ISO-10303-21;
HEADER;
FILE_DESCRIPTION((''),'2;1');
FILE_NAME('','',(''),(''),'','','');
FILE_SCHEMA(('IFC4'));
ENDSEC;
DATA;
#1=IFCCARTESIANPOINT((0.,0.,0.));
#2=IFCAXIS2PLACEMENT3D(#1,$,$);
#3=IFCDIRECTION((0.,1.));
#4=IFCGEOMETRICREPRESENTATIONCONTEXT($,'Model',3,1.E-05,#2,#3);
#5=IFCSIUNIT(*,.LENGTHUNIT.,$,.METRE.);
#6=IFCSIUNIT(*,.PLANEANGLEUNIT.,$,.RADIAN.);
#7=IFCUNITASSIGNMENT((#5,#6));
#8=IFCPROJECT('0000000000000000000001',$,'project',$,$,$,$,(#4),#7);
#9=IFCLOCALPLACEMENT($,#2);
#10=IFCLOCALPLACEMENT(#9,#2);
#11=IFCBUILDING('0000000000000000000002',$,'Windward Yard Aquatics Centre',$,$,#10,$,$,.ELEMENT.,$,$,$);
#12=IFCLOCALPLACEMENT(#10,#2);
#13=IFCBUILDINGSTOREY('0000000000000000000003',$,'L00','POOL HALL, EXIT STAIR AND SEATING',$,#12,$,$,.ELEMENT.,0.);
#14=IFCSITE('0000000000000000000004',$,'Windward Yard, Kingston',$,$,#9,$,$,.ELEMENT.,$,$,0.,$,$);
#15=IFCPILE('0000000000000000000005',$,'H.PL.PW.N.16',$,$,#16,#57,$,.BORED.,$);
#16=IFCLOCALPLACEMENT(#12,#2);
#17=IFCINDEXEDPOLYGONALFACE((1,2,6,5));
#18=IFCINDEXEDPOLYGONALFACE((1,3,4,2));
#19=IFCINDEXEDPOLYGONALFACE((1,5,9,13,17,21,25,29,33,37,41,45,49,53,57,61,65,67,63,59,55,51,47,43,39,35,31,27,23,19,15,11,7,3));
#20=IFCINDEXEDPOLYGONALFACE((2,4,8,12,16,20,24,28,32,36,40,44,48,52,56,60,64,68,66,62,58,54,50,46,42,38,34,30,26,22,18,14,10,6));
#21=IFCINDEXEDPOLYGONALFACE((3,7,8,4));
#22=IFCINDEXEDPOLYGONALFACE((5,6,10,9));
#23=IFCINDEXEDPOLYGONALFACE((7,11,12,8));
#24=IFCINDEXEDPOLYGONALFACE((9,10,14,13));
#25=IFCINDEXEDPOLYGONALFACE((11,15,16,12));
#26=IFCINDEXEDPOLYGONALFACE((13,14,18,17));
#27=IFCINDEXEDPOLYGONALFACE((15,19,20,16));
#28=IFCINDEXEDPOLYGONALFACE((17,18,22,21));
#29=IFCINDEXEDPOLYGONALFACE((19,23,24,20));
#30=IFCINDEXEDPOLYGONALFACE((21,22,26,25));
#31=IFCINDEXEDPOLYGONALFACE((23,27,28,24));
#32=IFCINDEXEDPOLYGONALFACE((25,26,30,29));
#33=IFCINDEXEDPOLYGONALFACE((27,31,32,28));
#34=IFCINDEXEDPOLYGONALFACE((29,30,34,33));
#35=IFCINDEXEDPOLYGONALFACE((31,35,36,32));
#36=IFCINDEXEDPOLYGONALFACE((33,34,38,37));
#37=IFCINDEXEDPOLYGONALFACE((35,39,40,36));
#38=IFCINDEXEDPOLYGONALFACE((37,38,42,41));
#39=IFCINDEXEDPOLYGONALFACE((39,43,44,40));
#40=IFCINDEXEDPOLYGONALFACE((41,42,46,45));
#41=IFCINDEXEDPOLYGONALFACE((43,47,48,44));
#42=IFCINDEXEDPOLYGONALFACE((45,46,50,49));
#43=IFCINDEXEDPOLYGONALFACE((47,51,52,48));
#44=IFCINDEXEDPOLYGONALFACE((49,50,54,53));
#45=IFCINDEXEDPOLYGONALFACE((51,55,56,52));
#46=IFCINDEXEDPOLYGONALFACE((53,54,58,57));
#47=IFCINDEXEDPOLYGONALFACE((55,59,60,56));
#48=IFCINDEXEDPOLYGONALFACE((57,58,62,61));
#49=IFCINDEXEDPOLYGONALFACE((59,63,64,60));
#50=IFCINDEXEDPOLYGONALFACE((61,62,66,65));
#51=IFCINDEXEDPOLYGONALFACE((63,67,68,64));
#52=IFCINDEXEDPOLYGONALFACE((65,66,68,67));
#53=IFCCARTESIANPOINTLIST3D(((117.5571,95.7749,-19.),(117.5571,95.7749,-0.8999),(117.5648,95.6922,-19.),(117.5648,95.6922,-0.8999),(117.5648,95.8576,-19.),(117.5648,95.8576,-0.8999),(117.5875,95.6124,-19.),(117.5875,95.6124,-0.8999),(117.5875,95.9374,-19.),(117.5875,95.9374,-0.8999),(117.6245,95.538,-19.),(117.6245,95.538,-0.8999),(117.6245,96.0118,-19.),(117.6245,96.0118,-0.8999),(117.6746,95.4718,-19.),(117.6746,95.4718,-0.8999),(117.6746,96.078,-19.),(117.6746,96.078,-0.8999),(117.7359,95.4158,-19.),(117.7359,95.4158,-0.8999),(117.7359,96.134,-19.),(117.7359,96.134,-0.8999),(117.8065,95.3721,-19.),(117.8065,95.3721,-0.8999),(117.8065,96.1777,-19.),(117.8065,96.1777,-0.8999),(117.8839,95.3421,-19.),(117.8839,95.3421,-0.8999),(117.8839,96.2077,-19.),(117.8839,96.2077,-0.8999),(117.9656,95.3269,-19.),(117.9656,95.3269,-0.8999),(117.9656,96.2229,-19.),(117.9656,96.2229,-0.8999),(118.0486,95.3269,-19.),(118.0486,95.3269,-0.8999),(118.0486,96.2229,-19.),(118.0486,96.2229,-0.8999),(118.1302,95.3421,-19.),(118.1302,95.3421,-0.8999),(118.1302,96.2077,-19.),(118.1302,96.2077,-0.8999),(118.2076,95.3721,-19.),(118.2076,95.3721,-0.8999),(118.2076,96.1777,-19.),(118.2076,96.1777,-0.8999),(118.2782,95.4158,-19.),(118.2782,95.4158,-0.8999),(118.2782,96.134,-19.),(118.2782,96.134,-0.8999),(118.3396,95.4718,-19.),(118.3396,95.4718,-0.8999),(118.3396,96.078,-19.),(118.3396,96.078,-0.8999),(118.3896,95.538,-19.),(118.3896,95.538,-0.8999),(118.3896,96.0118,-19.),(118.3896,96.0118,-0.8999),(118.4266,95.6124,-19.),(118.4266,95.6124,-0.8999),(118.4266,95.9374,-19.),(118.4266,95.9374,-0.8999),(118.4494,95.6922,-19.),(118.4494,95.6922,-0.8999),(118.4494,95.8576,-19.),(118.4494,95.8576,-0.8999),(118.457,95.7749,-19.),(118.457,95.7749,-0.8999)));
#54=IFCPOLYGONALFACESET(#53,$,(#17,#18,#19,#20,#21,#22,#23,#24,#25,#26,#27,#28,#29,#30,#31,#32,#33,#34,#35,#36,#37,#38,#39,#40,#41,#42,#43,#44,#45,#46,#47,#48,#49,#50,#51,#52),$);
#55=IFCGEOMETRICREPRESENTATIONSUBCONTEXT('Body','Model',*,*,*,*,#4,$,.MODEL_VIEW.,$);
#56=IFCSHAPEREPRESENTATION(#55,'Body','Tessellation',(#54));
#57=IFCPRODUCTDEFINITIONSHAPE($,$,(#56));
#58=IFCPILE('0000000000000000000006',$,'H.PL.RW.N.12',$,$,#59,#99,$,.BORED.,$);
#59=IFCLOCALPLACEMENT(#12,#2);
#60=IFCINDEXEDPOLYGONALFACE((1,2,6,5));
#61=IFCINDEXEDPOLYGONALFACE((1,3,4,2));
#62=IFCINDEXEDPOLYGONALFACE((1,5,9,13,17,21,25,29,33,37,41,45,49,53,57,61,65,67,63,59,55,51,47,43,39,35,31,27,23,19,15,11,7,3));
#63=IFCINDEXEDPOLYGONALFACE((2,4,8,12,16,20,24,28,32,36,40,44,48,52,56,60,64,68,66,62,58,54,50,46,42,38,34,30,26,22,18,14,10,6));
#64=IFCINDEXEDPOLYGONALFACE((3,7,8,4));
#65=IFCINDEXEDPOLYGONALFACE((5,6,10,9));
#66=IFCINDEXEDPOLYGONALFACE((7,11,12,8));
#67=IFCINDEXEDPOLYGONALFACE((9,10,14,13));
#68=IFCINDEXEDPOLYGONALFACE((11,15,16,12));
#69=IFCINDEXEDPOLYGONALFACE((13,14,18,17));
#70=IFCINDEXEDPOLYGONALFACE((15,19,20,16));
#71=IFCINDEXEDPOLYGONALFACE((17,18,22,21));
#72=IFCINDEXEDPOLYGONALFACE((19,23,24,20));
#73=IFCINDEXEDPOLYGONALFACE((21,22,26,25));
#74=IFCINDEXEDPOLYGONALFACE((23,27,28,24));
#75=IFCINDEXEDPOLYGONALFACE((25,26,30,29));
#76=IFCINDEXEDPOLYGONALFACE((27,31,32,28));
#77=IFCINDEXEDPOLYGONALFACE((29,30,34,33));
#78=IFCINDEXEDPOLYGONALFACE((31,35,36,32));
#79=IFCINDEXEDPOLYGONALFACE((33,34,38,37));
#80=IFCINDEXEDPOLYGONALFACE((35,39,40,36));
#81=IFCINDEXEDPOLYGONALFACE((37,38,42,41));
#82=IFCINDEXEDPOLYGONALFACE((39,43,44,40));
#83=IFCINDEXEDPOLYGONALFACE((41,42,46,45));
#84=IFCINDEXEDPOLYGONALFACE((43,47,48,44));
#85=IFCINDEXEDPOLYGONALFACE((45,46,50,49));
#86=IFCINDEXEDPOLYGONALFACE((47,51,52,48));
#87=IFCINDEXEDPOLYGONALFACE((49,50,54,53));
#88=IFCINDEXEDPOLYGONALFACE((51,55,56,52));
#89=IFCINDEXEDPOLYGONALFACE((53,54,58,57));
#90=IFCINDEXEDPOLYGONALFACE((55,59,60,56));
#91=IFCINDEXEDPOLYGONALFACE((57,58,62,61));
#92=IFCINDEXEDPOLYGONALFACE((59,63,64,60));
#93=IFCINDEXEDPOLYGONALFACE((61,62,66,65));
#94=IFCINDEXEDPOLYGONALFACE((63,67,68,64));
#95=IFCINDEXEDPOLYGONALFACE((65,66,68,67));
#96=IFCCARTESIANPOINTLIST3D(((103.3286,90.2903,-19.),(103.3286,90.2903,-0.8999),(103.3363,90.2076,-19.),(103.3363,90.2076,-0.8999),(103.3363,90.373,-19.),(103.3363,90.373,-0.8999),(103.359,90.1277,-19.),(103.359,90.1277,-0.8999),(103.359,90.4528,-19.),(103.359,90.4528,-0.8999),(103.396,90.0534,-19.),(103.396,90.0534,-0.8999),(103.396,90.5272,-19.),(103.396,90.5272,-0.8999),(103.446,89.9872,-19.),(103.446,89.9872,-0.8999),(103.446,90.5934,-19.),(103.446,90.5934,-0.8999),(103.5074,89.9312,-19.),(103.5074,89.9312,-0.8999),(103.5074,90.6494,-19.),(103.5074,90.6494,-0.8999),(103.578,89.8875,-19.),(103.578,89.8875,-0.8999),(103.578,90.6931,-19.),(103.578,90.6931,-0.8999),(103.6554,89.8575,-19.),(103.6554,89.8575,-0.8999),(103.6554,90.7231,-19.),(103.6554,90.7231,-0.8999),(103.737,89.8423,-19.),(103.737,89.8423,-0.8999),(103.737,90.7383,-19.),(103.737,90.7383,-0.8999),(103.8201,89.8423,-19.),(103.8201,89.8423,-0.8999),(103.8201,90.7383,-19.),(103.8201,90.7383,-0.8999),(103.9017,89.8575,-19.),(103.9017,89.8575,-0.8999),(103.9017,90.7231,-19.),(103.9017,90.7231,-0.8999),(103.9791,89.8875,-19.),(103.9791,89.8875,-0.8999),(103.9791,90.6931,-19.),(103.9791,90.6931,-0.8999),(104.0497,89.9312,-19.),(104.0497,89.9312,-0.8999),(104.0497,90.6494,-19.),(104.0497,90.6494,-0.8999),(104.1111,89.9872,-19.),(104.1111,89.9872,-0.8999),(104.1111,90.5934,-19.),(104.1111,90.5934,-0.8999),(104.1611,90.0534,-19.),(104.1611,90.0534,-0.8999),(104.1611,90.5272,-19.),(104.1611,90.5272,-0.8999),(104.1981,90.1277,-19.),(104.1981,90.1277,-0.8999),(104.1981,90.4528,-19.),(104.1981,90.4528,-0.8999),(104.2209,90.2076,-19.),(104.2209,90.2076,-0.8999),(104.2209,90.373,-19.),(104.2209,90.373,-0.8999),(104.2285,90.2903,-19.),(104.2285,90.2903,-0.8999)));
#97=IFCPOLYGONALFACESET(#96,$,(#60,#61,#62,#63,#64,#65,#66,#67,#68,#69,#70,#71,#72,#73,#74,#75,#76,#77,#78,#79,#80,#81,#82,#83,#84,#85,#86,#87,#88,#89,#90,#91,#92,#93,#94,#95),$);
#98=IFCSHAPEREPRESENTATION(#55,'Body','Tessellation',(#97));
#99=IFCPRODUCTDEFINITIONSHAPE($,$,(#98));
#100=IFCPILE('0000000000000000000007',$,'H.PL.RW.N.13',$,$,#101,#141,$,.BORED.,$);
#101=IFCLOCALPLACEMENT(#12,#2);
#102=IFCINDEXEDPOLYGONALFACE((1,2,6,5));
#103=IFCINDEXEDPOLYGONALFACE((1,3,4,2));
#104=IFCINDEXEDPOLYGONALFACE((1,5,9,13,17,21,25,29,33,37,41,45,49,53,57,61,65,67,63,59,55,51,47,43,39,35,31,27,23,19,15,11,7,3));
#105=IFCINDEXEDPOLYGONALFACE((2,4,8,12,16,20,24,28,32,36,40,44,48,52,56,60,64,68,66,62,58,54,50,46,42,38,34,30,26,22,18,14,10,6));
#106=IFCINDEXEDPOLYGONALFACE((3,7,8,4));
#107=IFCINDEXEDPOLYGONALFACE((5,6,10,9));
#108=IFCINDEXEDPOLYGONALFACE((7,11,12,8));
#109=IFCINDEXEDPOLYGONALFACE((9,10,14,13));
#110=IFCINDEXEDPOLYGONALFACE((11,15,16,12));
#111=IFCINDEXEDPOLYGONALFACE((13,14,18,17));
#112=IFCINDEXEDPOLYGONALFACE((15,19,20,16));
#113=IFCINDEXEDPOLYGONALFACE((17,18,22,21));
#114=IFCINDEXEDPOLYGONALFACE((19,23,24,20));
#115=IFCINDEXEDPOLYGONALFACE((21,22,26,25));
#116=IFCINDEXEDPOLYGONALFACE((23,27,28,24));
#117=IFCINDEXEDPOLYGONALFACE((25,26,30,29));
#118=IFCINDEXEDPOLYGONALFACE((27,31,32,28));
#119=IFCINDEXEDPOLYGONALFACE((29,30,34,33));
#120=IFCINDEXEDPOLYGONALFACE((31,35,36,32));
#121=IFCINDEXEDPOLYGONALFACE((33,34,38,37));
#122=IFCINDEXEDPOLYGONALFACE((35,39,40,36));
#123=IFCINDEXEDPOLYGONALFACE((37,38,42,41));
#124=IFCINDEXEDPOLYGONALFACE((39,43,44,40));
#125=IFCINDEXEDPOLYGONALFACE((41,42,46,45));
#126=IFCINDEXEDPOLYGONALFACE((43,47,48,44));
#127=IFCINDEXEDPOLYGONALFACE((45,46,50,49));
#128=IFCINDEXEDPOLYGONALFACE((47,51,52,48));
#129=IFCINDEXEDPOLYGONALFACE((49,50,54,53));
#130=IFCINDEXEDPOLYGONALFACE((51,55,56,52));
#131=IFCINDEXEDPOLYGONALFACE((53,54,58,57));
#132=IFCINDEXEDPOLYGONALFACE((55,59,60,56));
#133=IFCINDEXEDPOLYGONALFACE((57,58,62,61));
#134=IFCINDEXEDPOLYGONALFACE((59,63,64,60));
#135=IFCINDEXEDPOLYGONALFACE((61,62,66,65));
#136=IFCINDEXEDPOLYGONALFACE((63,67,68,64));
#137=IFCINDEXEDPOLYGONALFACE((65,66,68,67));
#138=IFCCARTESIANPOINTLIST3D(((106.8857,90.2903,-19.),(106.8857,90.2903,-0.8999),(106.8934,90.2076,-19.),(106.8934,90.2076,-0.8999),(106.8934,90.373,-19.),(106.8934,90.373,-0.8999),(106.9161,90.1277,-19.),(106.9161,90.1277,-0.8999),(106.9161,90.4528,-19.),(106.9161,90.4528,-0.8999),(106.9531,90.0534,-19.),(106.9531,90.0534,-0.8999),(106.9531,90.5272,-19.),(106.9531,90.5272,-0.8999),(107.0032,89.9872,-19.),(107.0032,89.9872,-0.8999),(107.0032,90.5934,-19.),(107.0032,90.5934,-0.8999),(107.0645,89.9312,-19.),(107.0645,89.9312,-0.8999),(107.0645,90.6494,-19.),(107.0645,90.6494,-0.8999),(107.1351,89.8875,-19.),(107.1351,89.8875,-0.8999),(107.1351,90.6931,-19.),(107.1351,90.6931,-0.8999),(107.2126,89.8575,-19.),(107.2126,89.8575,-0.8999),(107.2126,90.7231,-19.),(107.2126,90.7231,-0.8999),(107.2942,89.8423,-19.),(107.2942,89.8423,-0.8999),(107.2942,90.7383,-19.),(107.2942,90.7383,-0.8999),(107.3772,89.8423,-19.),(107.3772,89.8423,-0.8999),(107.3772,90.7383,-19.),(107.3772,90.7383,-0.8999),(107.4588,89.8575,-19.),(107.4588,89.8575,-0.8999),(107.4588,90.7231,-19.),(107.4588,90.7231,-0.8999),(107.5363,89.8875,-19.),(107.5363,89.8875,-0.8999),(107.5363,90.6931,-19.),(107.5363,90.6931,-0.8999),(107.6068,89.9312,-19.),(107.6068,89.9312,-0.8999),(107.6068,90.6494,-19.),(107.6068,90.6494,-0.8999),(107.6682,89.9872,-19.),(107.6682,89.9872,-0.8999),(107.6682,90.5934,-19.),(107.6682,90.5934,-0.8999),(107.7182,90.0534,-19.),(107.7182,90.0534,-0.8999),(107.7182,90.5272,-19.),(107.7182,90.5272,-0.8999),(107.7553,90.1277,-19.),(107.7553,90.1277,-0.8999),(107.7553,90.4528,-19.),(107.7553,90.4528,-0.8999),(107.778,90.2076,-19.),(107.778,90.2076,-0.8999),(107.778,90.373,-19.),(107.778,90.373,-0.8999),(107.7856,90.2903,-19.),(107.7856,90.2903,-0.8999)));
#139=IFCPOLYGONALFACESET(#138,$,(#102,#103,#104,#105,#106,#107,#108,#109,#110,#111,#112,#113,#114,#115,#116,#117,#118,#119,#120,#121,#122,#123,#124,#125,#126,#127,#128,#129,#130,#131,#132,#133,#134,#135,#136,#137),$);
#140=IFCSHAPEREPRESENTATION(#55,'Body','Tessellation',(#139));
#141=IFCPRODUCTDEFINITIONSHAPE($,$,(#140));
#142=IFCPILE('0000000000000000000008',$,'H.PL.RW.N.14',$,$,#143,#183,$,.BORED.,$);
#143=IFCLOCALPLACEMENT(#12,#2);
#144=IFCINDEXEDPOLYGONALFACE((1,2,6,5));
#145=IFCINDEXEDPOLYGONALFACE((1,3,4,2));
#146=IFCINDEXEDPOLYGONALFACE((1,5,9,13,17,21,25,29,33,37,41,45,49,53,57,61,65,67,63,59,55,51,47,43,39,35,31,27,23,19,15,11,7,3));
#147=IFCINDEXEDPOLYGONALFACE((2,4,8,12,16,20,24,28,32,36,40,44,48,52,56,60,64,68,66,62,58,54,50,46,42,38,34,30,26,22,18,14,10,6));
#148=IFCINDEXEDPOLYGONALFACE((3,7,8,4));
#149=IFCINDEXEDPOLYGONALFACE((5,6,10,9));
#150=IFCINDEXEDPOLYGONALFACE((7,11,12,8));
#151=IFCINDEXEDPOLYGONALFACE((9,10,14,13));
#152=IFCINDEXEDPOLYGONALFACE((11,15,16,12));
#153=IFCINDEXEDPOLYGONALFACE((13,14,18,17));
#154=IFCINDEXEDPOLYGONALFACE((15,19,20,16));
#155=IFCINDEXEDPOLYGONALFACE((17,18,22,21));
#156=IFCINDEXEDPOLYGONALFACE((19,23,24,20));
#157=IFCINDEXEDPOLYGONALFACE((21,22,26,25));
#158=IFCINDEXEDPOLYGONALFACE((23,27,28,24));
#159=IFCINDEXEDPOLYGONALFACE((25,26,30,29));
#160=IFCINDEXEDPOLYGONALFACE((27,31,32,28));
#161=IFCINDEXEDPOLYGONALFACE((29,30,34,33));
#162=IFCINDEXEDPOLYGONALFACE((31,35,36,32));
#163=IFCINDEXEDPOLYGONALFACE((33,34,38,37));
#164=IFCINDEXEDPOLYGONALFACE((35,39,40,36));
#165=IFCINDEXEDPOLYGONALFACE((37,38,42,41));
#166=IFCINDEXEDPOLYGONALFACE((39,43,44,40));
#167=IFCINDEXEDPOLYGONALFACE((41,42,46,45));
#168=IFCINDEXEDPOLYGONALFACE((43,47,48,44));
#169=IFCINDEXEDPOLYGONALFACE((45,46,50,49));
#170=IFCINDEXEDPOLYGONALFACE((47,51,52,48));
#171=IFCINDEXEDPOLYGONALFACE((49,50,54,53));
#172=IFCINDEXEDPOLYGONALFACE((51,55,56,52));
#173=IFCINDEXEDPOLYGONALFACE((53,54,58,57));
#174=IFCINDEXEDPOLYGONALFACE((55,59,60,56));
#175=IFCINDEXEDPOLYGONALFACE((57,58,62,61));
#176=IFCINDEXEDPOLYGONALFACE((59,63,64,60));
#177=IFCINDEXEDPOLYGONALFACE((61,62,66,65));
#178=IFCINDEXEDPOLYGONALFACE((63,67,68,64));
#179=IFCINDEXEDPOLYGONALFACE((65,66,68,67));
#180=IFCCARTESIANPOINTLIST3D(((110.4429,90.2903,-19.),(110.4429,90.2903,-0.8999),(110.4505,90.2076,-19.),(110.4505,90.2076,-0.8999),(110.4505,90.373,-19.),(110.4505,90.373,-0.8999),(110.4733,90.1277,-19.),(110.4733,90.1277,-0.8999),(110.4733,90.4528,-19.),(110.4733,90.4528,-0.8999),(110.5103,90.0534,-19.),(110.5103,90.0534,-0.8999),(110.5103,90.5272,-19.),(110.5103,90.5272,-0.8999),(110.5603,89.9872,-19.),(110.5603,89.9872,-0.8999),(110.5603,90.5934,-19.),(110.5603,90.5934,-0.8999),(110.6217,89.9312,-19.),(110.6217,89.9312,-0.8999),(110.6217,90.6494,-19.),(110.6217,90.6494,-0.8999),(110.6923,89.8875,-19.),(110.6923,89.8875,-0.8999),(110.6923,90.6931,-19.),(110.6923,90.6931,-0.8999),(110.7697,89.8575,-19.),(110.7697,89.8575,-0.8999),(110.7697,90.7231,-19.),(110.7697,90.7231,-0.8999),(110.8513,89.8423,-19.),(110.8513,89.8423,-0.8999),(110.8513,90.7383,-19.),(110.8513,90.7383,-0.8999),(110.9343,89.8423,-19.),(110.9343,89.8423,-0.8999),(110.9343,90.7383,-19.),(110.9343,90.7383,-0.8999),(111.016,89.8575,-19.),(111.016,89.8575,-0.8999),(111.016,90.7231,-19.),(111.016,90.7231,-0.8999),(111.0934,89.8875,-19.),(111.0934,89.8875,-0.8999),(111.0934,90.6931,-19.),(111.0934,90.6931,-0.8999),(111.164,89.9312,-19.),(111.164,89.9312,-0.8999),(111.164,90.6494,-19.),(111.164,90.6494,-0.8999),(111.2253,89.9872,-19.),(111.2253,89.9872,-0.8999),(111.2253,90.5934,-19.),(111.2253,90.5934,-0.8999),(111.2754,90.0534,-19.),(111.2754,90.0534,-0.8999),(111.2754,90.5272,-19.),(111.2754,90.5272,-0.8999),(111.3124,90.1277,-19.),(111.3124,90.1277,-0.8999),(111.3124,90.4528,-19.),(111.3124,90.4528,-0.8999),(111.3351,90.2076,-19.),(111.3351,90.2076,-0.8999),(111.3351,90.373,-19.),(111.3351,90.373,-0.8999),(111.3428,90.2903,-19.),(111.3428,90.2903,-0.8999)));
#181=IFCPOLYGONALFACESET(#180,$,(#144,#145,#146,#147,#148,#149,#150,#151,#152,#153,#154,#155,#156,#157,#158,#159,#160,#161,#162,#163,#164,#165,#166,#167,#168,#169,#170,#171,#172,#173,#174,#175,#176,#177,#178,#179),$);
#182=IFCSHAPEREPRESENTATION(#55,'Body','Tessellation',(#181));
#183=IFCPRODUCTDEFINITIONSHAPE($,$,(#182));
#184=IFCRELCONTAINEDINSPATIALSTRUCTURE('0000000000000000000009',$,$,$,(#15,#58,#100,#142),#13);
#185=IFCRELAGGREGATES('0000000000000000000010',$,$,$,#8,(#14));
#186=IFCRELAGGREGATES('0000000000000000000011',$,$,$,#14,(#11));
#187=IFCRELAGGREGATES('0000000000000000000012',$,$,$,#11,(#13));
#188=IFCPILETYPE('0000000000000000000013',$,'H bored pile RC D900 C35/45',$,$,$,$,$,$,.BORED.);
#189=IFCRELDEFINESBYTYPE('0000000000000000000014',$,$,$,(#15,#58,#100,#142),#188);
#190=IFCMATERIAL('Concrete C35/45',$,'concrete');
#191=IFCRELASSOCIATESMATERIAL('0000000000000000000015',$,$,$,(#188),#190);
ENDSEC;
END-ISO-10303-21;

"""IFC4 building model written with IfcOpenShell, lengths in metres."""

from ifc_helpers import new_model, si_unit, direction, frame, origin, origin_2d, place, context, subcontext, project, spatial, circle, extrude, material, material_profile, profile_set, type_object, element, save


model = new_model("IFC4")

# Units and contexts
model_context = context("Model", 3, precision=1e-05, world=origin(), true_north=direction((0.0, 1.0)))
body_context = subcontext(model_context, "Body", "Model", "MODEL_VIEW")
ifc_project = project(units=[si_unit("LENGTHUNIT", "METRE"), si_unit("PLANEANGLEUNIT", "RADIAN")], contexts=[model_context])

# Site, building, storey
site_placement = place(None, origin())
site = spatial("IfcSite", under=ifc_project, at=site_placement, Name="Windward Yard, Kingston", CompositionType="ELEMENT", RefElevation=0.0)
building_placement = place(site_placement, origin())
building = spatial("IfcBuilding", under=site, at=building_placement, Name="Windward Yard Aquatics Centre", CompositionType="ELEMENT")
storey_placement = place(building_placement, origin())
storey = spatial("IfcBuildingStorey", under=building, at=storey_placement, Name="L00", Description="POOL HALL, EXIT STAIR AND SEATING", CompositionType="ELEMENT", Elevation=0.0)

# Shared definitions
ifc_material_1 = material(Name="Concrete C35/45", Category="concrete")

# Piles
ifc_material_profile_1 = material_profile(ifc_material_1, circle(Radius=0.45, at=origin_2d()), Name="RC D900")
ifc_profile_set_1 = profile_set([ifc_material_profile_1], Name="Concrete C35/45")
pile_type = type_object("IfcPileType", Name="H bored pile RC D900 C35/45", PredefinedType="BORED", material=ifc_profile_set_1)
for number, where, z_axis, x_axis, name in (
    (1, (118.0071, 95.7749, -0.8999), (0.0, 0.0, -1.0), (1.0, 0.0, 0.0), "H.PL.PW.N.16"),
    (2, (103.7786, 90.2903, -0.8999), (0.0, 0.0, -1.0), (1.0, 0.0, 0.0), "H.PL.RW.N.12"),
    (3, (107.3357, 90.2903, -0.8999), (0.0, 0.0, -1.0), (1.0, 0.0, 0.0), "H.PL.RW.N.13"),
    (4, (110.8928, 90.2903, -0.8999), (0.0, 0.0, -1.0), (1.0, 0.0, 0.0), "H.PL.RW.N.14"),
):
    element("IfcPile", number, at=place(storey_placement, frame(where, z_axis=z_axis, x_axis=x_axis)), inside=storey, type_object=pile_type, Name=name, PredefinedType="BORED", context=body_context, shape_type="SweptSolid", body=[
        extrude(circle(Radius=0.45, at=origin_2d()), origin(), (0.0, 0.0, 1.0), 18.1001),
    ])

save(model, "model.ifc")
